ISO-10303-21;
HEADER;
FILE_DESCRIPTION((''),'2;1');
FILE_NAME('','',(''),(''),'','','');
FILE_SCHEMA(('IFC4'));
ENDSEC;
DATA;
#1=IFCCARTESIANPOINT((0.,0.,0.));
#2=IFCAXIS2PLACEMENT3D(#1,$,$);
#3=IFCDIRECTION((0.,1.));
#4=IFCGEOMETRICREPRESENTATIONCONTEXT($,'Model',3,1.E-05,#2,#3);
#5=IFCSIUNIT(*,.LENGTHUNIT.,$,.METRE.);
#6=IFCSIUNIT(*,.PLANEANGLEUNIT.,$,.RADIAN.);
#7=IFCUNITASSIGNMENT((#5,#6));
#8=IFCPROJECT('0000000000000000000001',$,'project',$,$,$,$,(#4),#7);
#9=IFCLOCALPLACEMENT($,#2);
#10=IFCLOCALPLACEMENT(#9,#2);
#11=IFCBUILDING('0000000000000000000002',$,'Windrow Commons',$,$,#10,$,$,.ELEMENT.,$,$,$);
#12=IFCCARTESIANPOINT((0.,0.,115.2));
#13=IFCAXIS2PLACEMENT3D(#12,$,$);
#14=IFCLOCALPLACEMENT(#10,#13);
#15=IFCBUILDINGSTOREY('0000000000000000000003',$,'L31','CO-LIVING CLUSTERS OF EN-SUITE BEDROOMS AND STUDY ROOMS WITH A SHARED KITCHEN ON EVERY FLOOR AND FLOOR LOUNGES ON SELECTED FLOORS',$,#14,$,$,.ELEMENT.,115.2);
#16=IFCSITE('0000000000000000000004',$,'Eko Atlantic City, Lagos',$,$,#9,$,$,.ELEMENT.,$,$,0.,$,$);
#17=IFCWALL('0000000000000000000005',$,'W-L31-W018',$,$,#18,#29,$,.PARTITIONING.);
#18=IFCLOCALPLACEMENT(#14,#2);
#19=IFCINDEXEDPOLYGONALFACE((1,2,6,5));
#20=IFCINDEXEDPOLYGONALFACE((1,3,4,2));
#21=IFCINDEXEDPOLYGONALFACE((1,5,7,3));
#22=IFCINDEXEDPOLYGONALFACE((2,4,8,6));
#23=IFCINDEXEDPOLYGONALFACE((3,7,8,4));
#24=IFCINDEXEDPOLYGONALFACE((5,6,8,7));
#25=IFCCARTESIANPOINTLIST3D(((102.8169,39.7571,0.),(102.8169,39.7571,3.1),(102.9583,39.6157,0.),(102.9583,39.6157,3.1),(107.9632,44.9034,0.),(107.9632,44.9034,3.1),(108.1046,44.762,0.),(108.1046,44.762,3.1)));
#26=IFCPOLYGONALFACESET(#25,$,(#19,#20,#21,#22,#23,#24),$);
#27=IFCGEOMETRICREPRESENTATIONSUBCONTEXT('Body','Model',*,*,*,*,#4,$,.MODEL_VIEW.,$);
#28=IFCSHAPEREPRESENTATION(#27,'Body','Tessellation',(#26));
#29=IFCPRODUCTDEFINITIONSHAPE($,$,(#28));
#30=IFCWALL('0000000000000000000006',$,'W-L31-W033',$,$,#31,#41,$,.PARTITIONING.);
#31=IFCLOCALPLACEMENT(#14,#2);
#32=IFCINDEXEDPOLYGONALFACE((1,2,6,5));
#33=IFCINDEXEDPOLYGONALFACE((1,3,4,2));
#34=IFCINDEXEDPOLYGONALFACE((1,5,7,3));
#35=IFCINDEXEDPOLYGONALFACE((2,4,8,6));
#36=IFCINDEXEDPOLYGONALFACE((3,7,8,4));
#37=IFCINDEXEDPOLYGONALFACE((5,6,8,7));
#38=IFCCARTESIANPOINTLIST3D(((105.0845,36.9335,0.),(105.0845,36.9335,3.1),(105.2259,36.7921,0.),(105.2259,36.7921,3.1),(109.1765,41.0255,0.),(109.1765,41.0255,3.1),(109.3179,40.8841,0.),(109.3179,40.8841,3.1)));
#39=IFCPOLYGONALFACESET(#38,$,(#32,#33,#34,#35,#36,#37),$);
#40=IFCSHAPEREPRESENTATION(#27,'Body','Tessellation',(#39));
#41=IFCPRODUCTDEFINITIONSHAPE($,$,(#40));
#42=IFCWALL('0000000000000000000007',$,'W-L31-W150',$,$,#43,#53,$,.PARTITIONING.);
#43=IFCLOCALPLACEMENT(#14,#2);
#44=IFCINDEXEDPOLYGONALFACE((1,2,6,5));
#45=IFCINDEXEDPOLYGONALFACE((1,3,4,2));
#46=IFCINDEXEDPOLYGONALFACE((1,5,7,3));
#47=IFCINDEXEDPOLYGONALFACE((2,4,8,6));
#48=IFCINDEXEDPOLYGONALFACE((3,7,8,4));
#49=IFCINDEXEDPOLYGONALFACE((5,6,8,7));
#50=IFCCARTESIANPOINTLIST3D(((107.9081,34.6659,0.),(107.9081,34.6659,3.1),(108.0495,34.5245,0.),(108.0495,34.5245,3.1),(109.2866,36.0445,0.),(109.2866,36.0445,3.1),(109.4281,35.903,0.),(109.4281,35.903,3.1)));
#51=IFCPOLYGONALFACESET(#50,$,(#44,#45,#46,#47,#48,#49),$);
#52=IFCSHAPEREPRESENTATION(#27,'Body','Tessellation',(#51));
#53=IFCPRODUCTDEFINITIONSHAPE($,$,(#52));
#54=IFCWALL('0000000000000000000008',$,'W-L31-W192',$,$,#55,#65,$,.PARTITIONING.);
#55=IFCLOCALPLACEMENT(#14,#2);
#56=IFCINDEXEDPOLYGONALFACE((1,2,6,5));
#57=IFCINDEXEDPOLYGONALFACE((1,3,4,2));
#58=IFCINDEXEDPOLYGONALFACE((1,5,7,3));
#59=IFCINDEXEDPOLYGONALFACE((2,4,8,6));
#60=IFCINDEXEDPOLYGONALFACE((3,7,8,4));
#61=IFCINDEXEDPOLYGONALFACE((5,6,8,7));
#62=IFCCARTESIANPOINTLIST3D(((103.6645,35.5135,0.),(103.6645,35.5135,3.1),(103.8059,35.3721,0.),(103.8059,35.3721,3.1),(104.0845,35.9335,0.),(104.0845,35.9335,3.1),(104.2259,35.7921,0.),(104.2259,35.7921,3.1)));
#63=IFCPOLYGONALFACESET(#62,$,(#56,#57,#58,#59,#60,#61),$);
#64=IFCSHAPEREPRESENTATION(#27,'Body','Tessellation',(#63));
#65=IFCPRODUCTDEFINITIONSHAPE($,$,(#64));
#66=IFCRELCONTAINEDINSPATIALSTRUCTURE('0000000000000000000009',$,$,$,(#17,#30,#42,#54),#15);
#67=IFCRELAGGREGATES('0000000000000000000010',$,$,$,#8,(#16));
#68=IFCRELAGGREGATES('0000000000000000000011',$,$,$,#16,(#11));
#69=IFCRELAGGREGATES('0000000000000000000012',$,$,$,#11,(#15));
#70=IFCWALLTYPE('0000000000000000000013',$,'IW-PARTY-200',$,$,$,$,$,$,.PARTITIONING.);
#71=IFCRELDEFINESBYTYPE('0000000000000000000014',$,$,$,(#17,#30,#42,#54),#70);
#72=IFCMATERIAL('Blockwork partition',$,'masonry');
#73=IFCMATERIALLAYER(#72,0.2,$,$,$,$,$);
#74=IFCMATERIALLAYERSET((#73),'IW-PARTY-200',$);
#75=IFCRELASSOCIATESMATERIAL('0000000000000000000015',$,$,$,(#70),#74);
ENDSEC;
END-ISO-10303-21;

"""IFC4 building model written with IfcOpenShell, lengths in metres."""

from ifc_helpers import new_model, si_unit, direction, frame, frame_2d, origin, place, context, subcontext, project, spatial, rectangle, extrude, material, layer, layer_set, type_object, element, save


model = new_model("IFC4")

# Units and contexts
model_context = context("Model", 3, precision=1e-05, world=origin(), true_north=direction((0.0, 1.0)))
body_context = subcontext(model_context, "Body", "Model", "MODEL_VIEW")
ifc_project = project(units=[si_unit("LENGTHUNIT", "METRE"), si_unit("PLANEANGLEUNIT", "RADIAN")], contexts=[model_context])

# Site, building, storey
site_placement = place(None, origin())
site = spatial("IfcSite", under=ifc_project, at=site_placement, Name="Eko Atlantic City, Lagos", CompositionType="ELEMENT", RefElevation=0.0)
building_placement = place(site_placement, origin())
building = spatial("IfcBuilding", under=site, at=building_placement, Name="Windrow Commons", CompositionType="ELEMENT")
storey_placement = place(building_placement, frame((0.0, 0.0, 115.2)))
storey = spatial("IfcBuildingStorey", under=building, at=storey_placement, Name="L31", Description="CO-LIVING CLUSTERS OF EN-SUITE BEDROOMS AND STUDY ROOMS WITH A SHARED KITCHEN ON EVERY FLOOR AND FLOOR LOUNGES ON SELECTED FLOORS", CompositionType="ELEMENT", Elevation=115.2)

# Walls
ifc_material_1 = material(Name="Blockwork partition", Category="masonry")
ifc_layer_1 = layer(ifc_material_1, 0.2)
ifc_layer_set_1 = layer_set([ifc_layer_1], Name="IW-PARTY-200")
wall_type_1 = type_object("IfcWallType", Name="IW-PARTY-200", PredefinedType="PARTITIONING", material=ifc_layer_set_1)
wall_1_placement = place(storey_placement, frame((102.8876, 39.6864, 0.0), z_axis=(0.0, 0.0, 1.0), x_axis=(0.707107, 0.707107, 0.0)))
element("IfcWall", 1, at=wall_1_placement, inside=storey, type_object=wall_type_1, Name="W-L31-W018", PredefinedType="PARTITIONING", context=body_context, shape_type="SweptSolid", body=[
    extrude(rectangle(XDim=7.278, YDim=0.2, at=frame_2d((3.639, 0.0))), origin(), (0.0, 0.0, 1.0), 3.1),
])
wall_2_placement = place(storey_placement, frame((105.1552, 36.8628, 0.0), z_axis=(0.0, 0.0, 1.0), x_axis=(0.707107, 0.707107, 0.0)))
element("IfcWall", 2, at=wall_2_placement, inside=storey, type_object=wall_type_1, Name="W-L31-W033", PredefinedType="PARTITIONING", context=body_context, shape_type="SweptSolid", body=[
    extrude(rectangle(XDim=5.787, YDim=0.2, at=frame_2d((2.8935, 0.0))), origin(), (0.0, 0.0, 1.0), 3.1),
])
wall_3_placement = place(storey_placement, frame((107.9788, 34.5952, 0.0), z_axis=(0.0, 0.0, 1.0), x_axis=(0.707107, 0.707107, 0.0)))
element("IfcWall", 3, at=wall_3_placement, inside=storey, type_object=wall_type_1, Name="W-L31-W150", PredefinedType="PARTITIONING", context=body_context, shape_type="SweptSolid", body=[
    extrude(rectangle(XDim=1.9495, YDim=0.2, at=frame_2d((0.9748, 0.0))), origin(), (0.0, 0.0, 1.0), 3.1),
])
wall_4_placement = place(storey_placement, frame((103.7352, 35.4428, 0.0), z_axis=(0.0, 0.0, 1.0), x_axis=(0.707107, 0.707107, 0.0)))
element("IfcWall", 4, at=wall_4_placement, inside=storey, type_object=wall_type_1, Name="W-L31-W192", PredefinedType="PARTITIONING", context=body_context, shape_type="SweptSolid", body=[
    extrude(rectangle(XDim=0.594, YDim=0.2, at=frame_2d((0.297, 0.0))), origin(), (0.0, 0.0, 1.0), 3.1),
])

save(model, "model.ifc")
